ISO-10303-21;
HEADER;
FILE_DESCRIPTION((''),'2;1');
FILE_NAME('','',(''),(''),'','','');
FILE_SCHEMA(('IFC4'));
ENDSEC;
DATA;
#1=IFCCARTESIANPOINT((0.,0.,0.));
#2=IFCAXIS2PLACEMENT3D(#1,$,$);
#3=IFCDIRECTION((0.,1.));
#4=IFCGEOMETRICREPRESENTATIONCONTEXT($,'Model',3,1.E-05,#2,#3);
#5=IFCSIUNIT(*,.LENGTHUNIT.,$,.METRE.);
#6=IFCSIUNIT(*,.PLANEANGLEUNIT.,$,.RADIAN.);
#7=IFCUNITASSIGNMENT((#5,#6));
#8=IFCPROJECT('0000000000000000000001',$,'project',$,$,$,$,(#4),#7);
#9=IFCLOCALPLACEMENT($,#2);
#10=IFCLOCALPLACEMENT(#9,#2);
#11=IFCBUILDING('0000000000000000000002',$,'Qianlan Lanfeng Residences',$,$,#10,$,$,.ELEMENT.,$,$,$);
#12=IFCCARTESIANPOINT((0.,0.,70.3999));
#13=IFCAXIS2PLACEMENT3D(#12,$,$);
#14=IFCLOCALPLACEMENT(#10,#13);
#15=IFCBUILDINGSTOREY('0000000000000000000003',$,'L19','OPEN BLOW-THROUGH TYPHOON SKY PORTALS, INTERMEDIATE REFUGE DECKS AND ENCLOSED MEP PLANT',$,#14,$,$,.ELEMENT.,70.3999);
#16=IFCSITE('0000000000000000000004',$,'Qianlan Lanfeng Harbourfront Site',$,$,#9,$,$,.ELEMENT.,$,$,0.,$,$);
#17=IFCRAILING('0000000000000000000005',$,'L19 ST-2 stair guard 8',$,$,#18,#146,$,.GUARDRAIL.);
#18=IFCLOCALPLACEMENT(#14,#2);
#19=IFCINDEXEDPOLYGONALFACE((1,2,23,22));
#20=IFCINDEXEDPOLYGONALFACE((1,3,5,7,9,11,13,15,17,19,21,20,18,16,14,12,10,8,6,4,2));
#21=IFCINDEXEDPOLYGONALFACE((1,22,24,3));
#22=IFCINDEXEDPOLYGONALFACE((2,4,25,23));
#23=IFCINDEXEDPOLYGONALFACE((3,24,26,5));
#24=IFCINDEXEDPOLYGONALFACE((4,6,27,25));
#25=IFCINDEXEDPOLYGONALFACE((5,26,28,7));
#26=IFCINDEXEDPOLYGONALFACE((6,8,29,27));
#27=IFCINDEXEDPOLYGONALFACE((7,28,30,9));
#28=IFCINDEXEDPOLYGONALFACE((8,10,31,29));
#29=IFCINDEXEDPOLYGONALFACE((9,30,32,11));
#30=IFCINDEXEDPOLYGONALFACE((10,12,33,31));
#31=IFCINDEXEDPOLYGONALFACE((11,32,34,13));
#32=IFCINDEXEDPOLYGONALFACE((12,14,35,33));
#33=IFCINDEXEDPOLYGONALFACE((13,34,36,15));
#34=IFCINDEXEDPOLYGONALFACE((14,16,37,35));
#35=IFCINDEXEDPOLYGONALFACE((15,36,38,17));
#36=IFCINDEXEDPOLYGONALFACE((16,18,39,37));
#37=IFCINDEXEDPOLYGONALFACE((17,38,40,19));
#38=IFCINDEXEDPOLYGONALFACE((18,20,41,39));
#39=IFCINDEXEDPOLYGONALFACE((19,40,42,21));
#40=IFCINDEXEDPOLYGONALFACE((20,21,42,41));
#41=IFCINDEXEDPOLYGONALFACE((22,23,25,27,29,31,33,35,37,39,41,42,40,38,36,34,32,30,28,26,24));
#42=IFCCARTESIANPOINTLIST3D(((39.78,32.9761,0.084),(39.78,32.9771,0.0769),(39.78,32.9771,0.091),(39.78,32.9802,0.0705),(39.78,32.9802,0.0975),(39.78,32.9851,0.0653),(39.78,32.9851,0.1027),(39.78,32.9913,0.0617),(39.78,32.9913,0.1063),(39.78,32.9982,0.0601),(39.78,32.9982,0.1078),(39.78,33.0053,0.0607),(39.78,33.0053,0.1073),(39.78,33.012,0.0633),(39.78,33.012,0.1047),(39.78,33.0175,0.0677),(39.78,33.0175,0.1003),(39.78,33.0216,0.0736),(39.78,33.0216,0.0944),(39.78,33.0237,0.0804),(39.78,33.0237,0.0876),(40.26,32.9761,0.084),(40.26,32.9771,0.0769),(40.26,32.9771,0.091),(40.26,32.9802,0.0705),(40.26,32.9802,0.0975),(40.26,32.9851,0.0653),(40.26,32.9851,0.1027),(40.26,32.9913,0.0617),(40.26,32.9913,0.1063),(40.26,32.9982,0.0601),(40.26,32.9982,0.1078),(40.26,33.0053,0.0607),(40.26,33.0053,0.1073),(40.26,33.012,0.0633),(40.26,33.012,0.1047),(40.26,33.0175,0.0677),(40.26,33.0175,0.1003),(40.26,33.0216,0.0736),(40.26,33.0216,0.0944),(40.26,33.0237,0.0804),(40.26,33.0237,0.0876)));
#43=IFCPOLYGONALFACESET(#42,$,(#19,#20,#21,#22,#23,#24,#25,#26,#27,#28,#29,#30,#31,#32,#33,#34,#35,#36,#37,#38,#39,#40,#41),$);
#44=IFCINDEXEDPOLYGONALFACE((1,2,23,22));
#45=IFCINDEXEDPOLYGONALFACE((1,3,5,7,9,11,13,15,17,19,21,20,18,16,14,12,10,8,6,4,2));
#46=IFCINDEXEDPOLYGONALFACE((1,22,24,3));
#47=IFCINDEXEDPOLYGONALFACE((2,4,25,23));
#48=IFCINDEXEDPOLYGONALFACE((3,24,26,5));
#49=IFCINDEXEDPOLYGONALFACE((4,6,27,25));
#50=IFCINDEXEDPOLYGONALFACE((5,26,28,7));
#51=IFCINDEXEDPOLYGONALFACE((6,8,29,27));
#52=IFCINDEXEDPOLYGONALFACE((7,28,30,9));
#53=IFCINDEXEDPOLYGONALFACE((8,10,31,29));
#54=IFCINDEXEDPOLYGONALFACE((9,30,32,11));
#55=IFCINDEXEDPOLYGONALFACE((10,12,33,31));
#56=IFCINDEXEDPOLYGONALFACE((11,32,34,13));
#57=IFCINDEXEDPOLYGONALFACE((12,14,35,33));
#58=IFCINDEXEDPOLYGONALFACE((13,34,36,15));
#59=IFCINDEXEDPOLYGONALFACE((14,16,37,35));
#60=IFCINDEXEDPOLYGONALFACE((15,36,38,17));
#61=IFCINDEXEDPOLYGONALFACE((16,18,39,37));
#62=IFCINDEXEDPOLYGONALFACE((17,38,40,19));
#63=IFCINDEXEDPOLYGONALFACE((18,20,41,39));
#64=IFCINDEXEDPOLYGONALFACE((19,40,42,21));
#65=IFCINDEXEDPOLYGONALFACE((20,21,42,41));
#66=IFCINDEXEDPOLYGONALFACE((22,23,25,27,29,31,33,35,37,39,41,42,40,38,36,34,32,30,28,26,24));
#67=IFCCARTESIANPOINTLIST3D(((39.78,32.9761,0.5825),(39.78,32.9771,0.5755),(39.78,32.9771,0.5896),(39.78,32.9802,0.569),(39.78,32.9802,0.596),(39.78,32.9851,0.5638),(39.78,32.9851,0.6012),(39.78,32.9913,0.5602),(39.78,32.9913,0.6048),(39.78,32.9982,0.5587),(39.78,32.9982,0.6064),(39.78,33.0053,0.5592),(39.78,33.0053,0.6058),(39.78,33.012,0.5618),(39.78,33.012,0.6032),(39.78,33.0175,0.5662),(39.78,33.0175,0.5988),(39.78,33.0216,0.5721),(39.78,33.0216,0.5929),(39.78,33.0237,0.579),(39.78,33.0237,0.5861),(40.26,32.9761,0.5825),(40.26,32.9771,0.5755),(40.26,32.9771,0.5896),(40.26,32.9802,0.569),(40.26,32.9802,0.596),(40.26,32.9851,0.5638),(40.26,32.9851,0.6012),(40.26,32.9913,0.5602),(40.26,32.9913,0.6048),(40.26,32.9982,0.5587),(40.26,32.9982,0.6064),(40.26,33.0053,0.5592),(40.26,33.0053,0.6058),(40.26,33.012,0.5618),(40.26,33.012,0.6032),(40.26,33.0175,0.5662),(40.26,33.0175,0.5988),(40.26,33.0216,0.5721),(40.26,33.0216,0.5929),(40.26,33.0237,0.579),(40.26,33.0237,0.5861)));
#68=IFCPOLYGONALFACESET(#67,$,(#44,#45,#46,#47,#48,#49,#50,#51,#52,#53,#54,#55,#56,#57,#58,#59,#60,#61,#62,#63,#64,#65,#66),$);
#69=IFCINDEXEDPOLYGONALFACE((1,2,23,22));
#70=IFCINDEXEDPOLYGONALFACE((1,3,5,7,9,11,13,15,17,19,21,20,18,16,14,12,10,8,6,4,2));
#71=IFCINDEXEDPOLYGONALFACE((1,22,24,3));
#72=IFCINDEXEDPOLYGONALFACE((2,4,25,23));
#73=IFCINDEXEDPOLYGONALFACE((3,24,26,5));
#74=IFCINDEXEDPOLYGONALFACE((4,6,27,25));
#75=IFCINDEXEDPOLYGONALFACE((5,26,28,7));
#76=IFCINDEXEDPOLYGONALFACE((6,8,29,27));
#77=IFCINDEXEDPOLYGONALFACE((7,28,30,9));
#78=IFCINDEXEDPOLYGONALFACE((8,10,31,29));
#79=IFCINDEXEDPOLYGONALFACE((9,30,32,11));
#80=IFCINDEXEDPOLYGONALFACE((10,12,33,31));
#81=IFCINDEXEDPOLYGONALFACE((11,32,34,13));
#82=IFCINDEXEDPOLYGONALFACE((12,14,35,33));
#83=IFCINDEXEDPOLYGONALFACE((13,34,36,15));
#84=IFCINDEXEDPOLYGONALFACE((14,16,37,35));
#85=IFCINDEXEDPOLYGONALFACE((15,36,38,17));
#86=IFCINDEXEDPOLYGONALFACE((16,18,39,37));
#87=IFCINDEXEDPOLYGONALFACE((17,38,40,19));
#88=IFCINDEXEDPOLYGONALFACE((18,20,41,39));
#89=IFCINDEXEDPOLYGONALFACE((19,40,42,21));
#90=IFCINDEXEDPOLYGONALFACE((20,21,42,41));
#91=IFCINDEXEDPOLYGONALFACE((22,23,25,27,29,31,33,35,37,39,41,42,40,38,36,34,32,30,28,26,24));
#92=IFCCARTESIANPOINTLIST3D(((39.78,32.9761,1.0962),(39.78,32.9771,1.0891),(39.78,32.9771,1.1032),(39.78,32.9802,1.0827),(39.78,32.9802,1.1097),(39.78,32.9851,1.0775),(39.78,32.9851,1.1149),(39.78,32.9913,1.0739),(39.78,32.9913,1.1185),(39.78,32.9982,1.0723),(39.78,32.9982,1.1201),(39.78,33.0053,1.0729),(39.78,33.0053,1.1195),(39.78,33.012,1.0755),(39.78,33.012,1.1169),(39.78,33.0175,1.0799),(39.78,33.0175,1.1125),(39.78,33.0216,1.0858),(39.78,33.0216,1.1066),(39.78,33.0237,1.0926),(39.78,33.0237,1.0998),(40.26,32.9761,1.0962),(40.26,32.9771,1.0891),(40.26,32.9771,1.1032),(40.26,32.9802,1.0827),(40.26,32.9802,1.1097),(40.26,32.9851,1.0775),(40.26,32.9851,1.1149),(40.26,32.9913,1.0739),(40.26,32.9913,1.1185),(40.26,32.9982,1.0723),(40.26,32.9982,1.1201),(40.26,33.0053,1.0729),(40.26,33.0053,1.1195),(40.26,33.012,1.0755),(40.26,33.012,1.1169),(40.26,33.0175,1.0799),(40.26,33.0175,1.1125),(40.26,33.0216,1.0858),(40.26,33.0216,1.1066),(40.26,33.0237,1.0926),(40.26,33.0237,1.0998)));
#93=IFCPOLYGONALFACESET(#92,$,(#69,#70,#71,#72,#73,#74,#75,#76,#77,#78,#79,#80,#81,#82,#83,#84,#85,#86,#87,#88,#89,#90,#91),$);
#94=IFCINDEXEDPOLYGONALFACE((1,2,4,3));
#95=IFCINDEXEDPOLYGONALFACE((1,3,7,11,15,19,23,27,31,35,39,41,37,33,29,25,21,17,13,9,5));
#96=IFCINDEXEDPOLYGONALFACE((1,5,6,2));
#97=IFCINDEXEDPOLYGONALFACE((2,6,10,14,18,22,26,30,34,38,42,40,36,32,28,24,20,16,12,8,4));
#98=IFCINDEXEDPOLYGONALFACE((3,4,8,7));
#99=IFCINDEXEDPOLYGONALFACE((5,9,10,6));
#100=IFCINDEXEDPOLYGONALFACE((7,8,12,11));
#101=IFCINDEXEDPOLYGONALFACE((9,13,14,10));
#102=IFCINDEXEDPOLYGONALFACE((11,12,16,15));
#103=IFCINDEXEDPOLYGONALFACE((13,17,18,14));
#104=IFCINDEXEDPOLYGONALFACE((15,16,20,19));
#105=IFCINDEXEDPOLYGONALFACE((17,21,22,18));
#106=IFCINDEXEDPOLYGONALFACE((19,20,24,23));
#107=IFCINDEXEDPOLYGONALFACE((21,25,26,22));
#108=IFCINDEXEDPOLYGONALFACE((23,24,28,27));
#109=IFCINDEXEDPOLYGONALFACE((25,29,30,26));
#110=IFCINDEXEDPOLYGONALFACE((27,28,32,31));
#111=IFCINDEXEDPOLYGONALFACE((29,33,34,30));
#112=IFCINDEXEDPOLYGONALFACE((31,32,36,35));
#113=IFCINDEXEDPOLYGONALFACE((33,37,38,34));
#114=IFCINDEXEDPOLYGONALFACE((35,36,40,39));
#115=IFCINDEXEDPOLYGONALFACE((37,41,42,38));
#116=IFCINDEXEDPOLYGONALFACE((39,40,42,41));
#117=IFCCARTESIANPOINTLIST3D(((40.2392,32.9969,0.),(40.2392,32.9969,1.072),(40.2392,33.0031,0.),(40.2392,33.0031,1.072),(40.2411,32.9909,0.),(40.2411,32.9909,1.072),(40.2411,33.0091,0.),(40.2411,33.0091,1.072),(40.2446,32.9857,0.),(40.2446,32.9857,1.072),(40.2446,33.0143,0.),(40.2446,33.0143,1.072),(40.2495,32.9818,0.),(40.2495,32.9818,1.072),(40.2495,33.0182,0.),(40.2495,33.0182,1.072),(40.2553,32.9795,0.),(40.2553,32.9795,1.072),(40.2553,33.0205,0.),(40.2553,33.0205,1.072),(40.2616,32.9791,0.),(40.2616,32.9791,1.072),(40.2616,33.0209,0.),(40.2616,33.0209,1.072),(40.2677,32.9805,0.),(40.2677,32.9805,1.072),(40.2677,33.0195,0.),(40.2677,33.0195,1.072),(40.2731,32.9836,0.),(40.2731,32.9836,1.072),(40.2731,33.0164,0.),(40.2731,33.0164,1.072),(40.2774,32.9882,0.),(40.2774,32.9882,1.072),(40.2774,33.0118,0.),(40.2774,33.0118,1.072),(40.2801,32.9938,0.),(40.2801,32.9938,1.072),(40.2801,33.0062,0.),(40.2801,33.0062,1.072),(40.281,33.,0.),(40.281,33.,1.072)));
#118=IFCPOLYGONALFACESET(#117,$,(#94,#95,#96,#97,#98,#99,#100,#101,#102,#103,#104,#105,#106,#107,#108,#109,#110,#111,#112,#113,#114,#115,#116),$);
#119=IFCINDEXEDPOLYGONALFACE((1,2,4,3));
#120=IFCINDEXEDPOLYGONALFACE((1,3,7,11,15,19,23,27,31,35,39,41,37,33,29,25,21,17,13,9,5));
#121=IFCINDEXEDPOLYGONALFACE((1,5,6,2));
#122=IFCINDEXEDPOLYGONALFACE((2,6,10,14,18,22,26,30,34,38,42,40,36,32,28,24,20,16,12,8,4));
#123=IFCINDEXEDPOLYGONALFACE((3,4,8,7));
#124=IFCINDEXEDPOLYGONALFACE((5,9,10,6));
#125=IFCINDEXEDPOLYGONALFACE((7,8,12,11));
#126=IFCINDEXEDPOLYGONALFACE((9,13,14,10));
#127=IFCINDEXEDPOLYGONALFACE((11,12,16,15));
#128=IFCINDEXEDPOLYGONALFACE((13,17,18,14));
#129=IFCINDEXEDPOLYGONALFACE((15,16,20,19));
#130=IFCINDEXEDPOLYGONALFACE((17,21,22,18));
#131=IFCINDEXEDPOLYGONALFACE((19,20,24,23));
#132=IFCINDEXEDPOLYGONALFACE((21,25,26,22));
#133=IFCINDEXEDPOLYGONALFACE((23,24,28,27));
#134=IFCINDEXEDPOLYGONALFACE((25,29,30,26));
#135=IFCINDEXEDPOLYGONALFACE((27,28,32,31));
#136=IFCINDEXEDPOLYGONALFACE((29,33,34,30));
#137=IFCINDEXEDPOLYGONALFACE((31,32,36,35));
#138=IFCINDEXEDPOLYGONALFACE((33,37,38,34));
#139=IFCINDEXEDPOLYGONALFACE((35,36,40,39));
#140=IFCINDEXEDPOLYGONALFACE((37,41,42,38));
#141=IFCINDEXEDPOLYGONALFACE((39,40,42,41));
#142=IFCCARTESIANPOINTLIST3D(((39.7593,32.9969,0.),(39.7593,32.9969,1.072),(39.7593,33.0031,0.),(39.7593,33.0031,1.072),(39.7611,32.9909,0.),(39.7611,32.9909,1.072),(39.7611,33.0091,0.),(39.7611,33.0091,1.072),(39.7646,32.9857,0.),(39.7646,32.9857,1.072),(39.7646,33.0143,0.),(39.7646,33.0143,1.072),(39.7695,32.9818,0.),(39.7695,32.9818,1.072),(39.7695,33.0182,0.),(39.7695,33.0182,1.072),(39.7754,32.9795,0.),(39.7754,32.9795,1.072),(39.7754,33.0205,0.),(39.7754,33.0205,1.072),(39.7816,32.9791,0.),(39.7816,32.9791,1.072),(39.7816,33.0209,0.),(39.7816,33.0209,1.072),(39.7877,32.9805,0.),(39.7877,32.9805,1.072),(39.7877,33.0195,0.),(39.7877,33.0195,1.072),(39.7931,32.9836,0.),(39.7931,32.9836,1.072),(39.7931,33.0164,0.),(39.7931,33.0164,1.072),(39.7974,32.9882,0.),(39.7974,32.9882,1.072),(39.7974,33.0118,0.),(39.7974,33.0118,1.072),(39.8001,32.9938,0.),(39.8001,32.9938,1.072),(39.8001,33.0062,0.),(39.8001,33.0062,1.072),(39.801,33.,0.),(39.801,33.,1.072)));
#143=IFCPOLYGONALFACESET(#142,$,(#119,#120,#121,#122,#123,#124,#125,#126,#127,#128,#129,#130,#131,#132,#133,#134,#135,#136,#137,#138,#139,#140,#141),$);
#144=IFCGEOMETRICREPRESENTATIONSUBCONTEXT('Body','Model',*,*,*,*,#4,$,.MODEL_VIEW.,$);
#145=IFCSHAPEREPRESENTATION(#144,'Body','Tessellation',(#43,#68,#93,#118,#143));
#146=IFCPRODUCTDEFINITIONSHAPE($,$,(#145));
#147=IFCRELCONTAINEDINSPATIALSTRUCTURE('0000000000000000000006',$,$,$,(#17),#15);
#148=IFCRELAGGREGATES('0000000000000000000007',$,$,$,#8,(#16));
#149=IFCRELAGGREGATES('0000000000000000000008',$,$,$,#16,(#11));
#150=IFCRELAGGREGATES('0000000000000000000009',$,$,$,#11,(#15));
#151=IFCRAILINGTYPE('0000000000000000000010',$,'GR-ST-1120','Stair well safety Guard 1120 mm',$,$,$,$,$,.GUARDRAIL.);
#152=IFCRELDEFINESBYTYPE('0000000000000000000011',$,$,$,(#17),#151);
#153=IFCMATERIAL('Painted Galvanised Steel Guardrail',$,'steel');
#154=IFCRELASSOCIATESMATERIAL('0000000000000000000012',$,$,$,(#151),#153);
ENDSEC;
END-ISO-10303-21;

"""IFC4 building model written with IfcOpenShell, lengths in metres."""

from ifc_helpers import new_model, si_unit, direction, frame, origin, origin_2d, place, context, subcontext, project, spatial, circle, extrude, material, type_object, element, save


model = new_model("IFC4")

# Units and contexts
model_context = context("Model", 3, precision=1e-05, world=origin(), true_north=direction((0.0, 1.0)))
body_context = subcontext(model_context, "Body", "Model", "MODEL_VIEW")
ifc_project = project(units=[si_unit("LENGTHUNIT", "METRE"), si_unit("PLANEANGLEUNIT", "RADIAN")], contexts=[model_context])

# Site, building, storey
site_placement = place(None, origin())
site = spatial("IfcSite", under=ifc_project, at=site_placement, Name="Qianlan Lanfeng Harbourfront Site", CompositionType="ELEMENT", RefElevation=0.0)
building_placement = place(site_placement, origin())
building = spatial("IfcBuilding", under=site, at=building_placement, Name="Qianlan Lanfeng Residences", CompositionType="ELEMENT")
storey_placement = place(building_placement, frame((0.0, 0.0, 70.3999)))
storey = spatial("IfcBuildingStorey", under=building, at=storey_placement, Name="L19", Description="OPEN BLOW-THROUGH TYPHOON SKY PORTALS, INTERMEDIATE REFUGE DECKS AND ENCLOSED MEP PLANT", CompositionType="ELEMENT", Elevation=70.3999)

# Railing
ifc_material_1 = material(Name="Painted Galvanised Steel Guardrail", Category="steel")
railing_type_1 = type_object("IfcRailingType", Name="GR-ST-1120", Description="Stair well safety Guard 1120 mm", PredefinedType="GUARDRAIL", material=ifc_material_1)
railing_1_placement = place(storey_placement, frame((40.26, 33.0, 0.0)))
element("IfcRailing", 1, at=railing_1_placement, inside=storey, type_object=railing_type_1, Name="L19 ST-2 stair guard 8", PredefinedType="GUARDRAIL", context=body_context, shape_type="SweptSolid", body=[
    extrude(circle(Radius=0.0239, at=origin_2d()), frame((0.0, 0.0, 0.084), z_axis=(-1.0, 0.0, 0.0), x_axis=(0.0, -1.0, 0.0)), (0.0, 0.0, 1.0), 0.48),
    extrude(circle(Radius=0.0239, at=origin_2d()), frame((0.0, 0.0, 0.5825), z_axis=(-1.0, 0.0, 0.0), x_axis=(0.0, -1.0, 0.0)), (0.0, 0.0, 1.0), 0.48),
    extrude(circle(Radius=0.0239, at=origin_2d()), frame((0.0, 0.0, 1.0962), z_axis=(-1.0, 0.0, 0.0), x_axis=(0.0, -1.0, 0.0)), (0.0, 0.0, 1.0), 0.48),
    extrude(circle(Radius=0.021, at=origin_2d()), origin(), (0.0, 0.0, 1.0), 1.072),
    extrude(circle(Radius=0.021, at=origin_2d()), frame((-0.48, 0.0, 0.0)), (0.0, 0.0, 1.0), 1.072),
])

save(model, "model.ifc")
